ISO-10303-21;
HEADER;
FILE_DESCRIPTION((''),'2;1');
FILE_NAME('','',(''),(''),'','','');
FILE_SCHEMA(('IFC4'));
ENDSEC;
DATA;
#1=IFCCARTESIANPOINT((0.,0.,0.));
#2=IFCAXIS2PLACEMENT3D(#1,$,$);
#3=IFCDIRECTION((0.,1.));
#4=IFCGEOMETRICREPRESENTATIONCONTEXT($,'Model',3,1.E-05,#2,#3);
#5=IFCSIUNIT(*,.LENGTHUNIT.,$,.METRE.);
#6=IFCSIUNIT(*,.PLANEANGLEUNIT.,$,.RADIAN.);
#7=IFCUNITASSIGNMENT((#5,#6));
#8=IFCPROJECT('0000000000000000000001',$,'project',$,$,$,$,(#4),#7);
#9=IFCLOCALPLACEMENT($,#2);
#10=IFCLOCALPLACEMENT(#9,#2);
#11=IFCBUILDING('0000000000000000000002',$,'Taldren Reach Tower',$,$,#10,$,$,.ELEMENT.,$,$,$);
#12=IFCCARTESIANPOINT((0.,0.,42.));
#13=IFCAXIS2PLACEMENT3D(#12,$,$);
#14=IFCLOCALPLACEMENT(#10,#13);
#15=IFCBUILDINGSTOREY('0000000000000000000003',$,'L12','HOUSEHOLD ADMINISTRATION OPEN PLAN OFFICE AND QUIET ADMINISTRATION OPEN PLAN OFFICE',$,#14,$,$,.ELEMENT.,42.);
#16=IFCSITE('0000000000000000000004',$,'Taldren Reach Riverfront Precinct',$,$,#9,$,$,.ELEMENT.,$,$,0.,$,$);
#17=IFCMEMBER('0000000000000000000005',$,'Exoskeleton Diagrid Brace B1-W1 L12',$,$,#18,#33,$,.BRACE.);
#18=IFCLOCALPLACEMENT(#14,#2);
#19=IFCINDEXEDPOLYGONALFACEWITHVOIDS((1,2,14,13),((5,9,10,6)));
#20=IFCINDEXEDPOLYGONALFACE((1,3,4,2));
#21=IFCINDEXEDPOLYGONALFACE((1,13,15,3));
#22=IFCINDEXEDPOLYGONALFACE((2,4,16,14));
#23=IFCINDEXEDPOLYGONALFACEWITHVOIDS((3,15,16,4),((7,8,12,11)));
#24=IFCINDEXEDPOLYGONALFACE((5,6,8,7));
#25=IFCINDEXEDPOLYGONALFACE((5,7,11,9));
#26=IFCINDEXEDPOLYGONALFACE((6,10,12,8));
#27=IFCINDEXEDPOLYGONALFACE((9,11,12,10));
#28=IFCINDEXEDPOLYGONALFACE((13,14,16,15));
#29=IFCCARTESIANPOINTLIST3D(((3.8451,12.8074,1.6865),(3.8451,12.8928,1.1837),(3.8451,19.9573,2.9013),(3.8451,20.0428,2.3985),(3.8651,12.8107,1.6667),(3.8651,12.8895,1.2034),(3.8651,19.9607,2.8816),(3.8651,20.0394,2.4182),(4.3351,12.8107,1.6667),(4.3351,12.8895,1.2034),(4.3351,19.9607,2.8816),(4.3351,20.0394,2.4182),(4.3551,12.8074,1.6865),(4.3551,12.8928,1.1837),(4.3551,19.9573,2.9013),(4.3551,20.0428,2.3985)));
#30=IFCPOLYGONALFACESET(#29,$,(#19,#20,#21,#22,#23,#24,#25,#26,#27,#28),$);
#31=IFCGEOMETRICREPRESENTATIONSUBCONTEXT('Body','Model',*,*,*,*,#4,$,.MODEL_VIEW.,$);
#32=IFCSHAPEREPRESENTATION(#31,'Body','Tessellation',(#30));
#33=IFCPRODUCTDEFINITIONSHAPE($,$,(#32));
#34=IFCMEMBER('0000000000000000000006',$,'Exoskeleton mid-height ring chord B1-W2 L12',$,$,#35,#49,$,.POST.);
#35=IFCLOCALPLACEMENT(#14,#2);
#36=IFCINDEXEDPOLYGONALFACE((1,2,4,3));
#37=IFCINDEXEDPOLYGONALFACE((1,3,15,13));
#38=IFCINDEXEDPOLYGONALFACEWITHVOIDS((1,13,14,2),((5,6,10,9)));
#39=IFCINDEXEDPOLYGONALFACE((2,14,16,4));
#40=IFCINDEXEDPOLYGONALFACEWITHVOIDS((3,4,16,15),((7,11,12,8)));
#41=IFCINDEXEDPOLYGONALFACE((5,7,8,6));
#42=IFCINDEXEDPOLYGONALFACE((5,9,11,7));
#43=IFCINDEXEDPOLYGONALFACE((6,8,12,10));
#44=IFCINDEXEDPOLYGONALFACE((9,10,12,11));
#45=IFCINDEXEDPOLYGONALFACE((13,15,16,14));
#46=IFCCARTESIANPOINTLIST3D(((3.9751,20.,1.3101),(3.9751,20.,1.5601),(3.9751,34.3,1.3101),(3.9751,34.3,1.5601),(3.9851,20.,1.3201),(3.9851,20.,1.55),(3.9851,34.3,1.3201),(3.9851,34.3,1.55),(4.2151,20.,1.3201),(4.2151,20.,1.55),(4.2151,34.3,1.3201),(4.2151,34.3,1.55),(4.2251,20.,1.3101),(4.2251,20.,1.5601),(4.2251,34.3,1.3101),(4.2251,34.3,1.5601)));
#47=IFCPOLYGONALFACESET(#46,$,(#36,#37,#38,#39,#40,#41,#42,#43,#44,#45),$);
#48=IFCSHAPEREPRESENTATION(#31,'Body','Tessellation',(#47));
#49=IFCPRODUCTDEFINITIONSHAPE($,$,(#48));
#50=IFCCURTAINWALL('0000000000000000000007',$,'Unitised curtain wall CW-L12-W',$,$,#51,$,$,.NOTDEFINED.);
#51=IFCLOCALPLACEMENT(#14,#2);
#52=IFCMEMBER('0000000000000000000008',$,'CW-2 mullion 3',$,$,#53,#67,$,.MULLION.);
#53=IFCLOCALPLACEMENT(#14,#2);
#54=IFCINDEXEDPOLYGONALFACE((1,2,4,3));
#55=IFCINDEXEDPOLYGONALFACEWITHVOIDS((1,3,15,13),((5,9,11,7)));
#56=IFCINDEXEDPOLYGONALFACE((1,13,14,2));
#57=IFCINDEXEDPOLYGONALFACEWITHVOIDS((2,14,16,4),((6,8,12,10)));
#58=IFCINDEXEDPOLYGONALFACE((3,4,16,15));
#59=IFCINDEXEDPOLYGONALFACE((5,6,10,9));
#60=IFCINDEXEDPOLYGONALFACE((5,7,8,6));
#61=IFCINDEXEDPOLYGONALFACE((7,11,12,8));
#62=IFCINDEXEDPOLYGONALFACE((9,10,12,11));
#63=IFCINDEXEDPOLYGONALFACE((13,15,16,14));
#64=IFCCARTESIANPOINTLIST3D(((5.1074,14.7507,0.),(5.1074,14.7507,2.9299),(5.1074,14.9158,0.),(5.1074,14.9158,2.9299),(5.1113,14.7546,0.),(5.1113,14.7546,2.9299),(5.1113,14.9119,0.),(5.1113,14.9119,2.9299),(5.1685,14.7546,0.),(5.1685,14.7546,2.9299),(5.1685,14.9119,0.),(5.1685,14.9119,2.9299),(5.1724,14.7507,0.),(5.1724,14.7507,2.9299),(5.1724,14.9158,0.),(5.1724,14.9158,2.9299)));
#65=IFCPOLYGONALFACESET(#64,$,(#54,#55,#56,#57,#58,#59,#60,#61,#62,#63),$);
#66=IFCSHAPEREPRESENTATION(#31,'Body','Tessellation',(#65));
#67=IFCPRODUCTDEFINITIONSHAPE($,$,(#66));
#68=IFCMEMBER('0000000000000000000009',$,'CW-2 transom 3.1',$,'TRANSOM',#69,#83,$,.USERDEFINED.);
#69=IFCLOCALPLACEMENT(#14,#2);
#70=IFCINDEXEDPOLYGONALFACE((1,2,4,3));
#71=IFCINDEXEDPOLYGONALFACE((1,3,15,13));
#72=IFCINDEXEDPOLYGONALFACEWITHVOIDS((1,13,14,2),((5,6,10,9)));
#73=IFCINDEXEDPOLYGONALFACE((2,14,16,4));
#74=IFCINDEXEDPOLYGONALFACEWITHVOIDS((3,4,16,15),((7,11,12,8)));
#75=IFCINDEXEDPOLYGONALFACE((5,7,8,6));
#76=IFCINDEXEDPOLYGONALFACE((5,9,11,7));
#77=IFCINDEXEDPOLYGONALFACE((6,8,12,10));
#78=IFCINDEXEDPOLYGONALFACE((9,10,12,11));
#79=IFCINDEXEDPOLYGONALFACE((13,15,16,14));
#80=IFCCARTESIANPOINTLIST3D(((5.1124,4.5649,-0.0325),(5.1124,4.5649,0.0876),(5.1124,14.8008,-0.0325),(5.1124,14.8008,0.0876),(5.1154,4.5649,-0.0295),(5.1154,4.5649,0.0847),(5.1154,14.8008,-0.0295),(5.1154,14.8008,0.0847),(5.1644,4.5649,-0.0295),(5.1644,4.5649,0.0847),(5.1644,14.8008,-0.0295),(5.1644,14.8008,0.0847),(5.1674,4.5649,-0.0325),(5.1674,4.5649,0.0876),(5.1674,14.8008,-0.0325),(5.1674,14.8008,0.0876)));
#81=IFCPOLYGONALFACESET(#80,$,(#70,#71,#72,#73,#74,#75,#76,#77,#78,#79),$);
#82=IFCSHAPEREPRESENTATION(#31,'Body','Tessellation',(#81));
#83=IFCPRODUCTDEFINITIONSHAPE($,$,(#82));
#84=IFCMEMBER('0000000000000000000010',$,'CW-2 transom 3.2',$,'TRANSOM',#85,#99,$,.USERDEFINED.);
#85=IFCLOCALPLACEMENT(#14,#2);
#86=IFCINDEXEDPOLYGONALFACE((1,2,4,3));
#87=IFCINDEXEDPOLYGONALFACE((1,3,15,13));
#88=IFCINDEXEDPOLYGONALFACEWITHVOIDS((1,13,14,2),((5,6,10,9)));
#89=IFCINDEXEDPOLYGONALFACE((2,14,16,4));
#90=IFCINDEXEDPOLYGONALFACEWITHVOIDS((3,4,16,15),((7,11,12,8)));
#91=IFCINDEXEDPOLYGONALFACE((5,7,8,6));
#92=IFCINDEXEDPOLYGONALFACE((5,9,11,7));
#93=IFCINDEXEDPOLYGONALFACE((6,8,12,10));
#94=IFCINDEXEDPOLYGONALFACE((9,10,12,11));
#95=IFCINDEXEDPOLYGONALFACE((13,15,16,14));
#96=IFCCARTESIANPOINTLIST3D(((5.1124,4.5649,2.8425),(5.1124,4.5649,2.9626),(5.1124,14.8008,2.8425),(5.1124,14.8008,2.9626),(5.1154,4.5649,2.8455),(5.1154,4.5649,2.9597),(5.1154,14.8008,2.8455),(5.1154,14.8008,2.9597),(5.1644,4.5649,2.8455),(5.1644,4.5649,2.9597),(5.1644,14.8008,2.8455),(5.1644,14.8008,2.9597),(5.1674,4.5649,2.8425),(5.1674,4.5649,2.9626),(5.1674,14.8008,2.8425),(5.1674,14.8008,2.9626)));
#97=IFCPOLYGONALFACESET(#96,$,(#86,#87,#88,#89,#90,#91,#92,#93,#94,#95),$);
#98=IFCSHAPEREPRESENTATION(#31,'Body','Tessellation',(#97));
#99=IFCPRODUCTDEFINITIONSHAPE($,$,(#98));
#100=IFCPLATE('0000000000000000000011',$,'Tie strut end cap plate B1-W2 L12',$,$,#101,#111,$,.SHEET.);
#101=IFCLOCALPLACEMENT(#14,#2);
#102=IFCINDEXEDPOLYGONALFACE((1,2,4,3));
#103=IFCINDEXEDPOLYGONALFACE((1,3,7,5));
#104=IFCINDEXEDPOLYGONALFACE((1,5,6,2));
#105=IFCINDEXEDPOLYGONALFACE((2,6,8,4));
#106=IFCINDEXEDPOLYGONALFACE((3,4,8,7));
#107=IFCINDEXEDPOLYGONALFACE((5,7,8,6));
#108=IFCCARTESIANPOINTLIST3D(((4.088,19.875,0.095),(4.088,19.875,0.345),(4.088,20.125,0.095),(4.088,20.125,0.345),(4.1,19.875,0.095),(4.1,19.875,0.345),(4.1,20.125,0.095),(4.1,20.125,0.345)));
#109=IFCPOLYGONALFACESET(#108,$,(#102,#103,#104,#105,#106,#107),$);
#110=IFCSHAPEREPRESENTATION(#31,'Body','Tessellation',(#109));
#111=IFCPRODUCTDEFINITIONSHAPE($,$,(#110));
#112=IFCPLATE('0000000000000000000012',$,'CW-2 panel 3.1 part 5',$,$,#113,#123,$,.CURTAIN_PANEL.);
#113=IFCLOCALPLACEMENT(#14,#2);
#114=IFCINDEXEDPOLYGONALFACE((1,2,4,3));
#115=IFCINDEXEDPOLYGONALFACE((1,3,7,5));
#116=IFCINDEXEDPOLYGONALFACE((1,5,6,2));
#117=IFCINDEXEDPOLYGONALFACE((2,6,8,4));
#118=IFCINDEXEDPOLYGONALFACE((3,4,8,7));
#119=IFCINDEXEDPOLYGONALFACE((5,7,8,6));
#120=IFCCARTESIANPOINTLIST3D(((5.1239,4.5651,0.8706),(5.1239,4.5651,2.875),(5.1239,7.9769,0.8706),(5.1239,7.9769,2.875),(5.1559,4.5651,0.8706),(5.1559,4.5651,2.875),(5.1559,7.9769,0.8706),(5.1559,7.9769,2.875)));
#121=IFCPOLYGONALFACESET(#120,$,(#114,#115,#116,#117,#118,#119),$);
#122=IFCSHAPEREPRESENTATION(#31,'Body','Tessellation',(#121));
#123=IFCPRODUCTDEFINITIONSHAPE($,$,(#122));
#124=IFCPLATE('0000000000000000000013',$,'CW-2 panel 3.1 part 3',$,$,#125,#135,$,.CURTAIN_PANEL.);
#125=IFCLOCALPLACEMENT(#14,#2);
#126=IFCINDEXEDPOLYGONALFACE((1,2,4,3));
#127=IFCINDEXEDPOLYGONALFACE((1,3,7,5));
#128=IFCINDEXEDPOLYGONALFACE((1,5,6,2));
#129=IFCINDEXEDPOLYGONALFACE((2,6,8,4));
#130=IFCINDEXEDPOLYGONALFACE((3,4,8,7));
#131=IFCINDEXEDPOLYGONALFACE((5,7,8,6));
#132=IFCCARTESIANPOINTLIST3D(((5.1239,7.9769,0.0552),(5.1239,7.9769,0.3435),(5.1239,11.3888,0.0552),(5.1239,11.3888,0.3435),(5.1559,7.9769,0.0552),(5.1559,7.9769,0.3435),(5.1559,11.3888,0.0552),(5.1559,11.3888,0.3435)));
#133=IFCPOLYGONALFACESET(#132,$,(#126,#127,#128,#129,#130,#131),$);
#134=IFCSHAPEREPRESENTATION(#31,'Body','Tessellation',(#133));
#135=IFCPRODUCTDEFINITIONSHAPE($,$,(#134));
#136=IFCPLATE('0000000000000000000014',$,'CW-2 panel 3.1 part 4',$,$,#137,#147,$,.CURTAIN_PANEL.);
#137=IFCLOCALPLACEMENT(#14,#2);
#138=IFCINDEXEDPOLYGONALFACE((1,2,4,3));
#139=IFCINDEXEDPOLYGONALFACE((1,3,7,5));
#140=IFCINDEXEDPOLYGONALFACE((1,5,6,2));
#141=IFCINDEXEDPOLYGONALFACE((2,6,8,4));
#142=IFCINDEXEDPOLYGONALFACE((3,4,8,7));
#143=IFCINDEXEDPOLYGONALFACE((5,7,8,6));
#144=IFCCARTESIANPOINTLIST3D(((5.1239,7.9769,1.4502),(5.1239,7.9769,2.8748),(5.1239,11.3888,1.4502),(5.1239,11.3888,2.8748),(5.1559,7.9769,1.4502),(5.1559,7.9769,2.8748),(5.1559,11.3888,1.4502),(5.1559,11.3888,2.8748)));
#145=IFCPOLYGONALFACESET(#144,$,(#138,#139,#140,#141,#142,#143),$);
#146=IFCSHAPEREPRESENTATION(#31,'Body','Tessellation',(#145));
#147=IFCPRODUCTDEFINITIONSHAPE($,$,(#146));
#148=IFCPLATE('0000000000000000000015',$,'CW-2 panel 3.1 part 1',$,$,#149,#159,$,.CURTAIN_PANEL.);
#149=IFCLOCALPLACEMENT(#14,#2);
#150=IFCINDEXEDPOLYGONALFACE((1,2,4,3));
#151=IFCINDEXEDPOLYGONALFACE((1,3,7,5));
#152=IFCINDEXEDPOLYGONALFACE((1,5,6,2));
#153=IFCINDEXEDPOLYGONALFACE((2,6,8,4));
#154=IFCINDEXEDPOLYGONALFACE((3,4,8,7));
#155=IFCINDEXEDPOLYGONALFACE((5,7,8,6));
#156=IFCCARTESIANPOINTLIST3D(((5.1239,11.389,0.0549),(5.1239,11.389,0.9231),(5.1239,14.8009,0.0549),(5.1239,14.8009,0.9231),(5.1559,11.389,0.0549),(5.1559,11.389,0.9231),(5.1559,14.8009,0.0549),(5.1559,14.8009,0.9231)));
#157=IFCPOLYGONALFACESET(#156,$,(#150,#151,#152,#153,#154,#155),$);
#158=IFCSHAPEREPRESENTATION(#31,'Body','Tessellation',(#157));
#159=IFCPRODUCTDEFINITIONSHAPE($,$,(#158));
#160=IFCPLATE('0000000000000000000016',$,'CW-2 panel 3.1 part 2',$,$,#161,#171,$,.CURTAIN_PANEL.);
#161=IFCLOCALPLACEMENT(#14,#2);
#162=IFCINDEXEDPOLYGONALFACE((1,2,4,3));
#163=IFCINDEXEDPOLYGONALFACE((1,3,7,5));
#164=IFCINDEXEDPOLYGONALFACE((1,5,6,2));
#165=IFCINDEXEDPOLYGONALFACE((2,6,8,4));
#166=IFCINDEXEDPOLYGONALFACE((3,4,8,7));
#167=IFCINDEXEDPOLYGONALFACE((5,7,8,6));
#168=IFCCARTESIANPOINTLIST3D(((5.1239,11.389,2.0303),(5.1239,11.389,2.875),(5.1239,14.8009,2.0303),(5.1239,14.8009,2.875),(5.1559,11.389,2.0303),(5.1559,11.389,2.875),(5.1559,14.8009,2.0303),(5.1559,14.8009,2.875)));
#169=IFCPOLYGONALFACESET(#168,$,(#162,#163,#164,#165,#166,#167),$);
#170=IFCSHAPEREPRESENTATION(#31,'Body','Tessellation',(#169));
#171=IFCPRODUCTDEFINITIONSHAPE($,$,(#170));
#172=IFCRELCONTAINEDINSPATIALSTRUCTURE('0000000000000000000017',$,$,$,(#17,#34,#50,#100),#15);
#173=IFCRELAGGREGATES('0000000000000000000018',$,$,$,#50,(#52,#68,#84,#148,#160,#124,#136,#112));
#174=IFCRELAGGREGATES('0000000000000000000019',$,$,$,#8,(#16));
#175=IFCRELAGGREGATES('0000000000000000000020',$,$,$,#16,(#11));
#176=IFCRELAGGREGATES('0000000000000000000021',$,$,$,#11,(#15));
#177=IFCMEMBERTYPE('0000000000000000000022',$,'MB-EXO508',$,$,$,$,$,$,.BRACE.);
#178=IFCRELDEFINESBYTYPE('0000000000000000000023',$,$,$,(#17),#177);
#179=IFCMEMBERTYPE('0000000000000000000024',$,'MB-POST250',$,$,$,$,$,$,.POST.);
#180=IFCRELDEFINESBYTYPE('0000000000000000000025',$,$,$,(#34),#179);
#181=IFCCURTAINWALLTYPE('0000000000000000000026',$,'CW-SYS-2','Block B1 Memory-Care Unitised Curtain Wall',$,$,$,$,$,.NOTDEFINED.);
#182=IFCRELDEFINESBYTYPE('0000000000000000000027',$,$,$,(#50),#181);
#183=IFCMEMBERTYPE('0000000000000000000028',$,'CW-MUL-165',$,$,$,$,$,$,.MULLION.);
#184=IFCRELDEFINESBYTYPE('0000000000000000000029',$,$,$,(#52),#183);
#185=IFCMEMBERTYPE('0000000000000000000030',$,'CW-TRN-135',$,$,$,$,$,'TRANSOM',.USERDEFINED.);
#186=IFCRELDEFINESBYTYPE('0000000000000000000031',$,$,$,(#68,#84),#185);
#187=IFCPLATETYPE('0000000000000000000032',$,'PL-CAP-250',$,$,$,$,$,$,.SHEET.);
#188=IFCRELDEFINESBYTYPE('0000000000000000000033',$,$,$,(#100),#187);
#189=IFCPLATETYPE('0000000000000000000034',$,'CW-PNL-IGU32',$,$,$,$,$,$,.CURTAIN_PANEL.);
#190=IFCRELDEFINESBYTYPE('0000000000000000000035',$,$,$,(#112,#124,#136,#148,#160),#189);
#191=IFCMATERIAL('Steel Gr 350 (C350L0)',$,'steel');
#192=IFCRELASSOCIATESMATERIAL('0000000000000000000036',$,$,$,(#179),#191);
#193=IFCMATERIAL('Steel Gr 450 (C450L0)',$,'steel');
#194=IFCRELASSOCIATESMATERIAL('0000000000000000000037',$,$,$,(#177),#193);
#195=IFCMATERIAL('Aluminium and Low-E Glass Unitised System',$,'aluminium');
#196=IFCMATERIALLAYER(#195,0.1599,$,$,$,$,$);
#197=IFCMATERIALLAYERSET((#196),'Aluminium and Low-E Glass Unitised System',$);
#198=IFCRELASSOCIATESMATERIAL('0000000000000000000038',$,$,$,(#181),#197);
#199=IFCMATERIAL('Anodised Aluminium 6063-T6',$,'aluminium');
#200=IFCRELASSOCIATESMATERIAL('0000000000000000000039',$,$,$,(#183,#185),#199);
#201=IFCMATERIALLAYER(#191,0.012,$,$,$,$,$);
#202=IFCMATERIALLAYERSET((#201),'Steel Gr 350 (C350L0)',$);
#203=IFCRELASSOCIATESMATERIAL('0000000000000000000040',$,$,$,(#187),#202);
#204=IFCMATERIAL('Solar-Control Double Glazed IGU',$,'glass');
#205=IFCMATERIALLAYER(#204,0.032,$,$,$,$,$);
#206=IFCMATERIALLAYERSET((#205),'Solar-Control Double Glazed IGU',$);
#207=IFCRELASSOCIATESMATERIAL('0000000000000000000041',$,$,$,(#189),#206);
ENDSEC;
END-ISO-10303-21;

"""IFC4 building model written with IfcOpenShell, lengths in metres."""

from ifc_helpers import new_model, si_unit, direction, frame, origin, origin_2d, place, context, subcontext, project, spatial, rectangle, hollow_rectangle, extrude, source, transform, mapped, material, layer, layer_set, material_profile, profile_set, type_object, element, aggregate, save


model = new_model("IFC4")

# Units and contexts
model_context = context("Model", 3, precision=1e-05, world=origin(), true_north=direction((0.0, 1.0)))
body_context = subcontext(model_context, "Body", "Model", "MODEL_VIEW")
ifc_project = project(units=[si_unit("LENGTHUNIT", "METRE"), si_unit("PLANEANGLEUNIT", "RADIAN")], contexts=[model_context])

# Site, building, storey
site_placement = place(None, origin())
site = spatial("IfcSite", under=ifc_project, at=site_placement, Name="Taldren Reach Riverfront Precinct", CompositionType="ELEMENT", RefElevation=0.0)
building_placement = place(site_placement, origin())
building = spatial("IfcBuilding", under=site, at=building_placement, Name="Taldren Reach Tower", CompositionType="ELEMENT")
storey_placement = place(building_placement, frame((0.0, 0.0, 42.0)))
storey = spatial("IfcBuildingStorey", under=building, at=storey_placement, Name="L12", Description="HOUSEHOLD ADMINISTRATION OPEN PLAN OFFICE AND QUIET ADMINISTRATION OPEN PLAN OFFICE", CompositionType="ELEMENT", Elevation=42.0)

# Members
ifc_material_1 = material(Name="Steel Gr 450 (C450L0)", Category="steel")
ifc_material_2 = material(Name="Steel Gr 350 (C350L0)", Category="steel")
ifc_material_profile_1 = material_profile(ifc_material_2, hollow_rectangle(XDim=0.25, YDim=0.25, WallThickness=0.01, at=origin_2d()), Name="250x250x10.0SHS")
ifc_profile_set_1 = profile_set([ifc_material_profile_1], Name="Steel Gr 350 (C350L0)")
member_type_1 = type_object("IfcMemberType", Name="MB-POST250", PredefinedType="POST", material=ifc_profile_set_1)
ifc_material_profile_2 = material_profile(ifc_material_1, hollow_rectangle(XDim=0.51, YDim=0.51, WallThickness=0.02, at=origin_2d()), Name="510x510x20.0SHS")
ifc_profile_set_2 = profile_set([ifc_material_profile_2], Name="Steel Gr 450 (C450L0)")
member_type_2 = type_object("IfcMemberType", Name="MB-EXO508", PredefinedType="BRACE", material=ifc_profile_set_2)
shared_shape_1 = source(origin(), body_context, "Body", "SweptSolid", [
    extrude(hollow_rectangle(XDim=0.51, YDim=0.51, WallThickness=0.02, at=origin_2d()), origin(), (0.0, 0.0, 1.0), 7.2524),
])
member_1_placement = place(storey_placement, frame((4.1001, 12.8501, 1.4351), z_axis=(0.0, 0.98587, 0.16751), x_axis=(-1.0, 0.0, 0.0)))
element("IfcMember", 1, at=member_1_placement, inside=storey, type_object=member_type_2, Name="Exoskeleton Diagrid Brace B1-W1 L12", PredefinedType="BRACE", context=body_context, shape_type="MappedRepresentation", body=[
    mapped(shared_shape_1, transform((0.0, 0.0, 0.0), scale=1.0)),
])
shared_shape_2 = source(origin(), body_context, "Body", "SweptSolid", [
    extrude(hollow_rectangle(XDim=0.25, YDim=0.25, WallThickness=0.01, at=origin_2d()), origin(), (0.0, 0.0, 1.0), 14.3),
])
member_2_placement = place(storey_placement, frame((4.1001, 20.0, 1.4351), z_axis=(0.0, 1.0, 0.0), x_axis=(-1.0, 0.0, 0.0)))
element("IfcMember", 2, at=member_2_placement, inside=storey, type_object=member_type_1, Name="Exoskeleton mid-height ring chord B1-W2 L12", PredefinedType="POST", context=body_context, shape_type="MappedRepresentation", body=[
    mapped(shared_shape_2, transform((0.0, 0.0, 0.0), scale=1.0)),
])

# Curtain wall, members
ifc_material_3 = material(Name="Aluminium and Low-E Glass Unitised System", Category="aluminium")
ifc_layer_1 = layer(ifc_material_3, 0.1599)
ifc_layer_set_1 = layer_set([ifc_layer_1], Name="Aluminium and Low-E Glass Unitised System")
curtain_wall_type = type_object("IfcCurtainWallType", Name="CW-SYS-2", Description="Block B1 Memory-Care Unitised Curtain Wall", PredefinedType="NOTDEFINED", material=ifc_layer_set_1)
curtain_wall_placement = place(storey_placement, origin())
curtain_wall = element("IfcCurtainWall", 3, at=curtain_wall_placement, inside=storey, type_object=curtain_wall_type, Name="Unitised curtain wall CW-L12-W", PredefinedType="NOTDEFINED")
ifc_material_4 = material(Name="Anodised Aluminium 6063-T6", Category="aluminium")
ifc_material_profile_3 = material_profile(ifc_material_4, hollow_rectangle(XDim=0.0649, YDim=0.165, WallThickness=0.0039, at=origin_2d()), Name="ALU-165x65x4RHS")
ifc_profile_set_3 = profile_set([ifc_material_profile_3], Name="Anodised Aluminium 6063-T6")
member_type_3 = type_object("IfcMemberType", Name="CW-MUL-165", PredefinedType="MULLION", material=ifc_profile_set_3)
shared_shape_3 = source(origin(), body_context, "Body", "SweptSolid", [
    extrude(hollow_rectangle(XDim=0.0649, YDim=0.165, WallThickness=0.0039, at=origin_2d()), origin(), (0.0, 0.0, 1.0), 2.9299),
])
member_3_placement = place(storey_placement, frame((5.1399, 14.8333, 0.0), z_axis=(0.0, 0.0, 1.0), x_axis=(1.0, 0.0, 0.0)))
member_3 = element("IfcMember", 4, at=member_3_placement, type_object=member_type_3, Name="CW-2 mullion 3", PredefinedType="MULLION", context=body_context, shape_type="MappedRepresentation", body=[
    mapped(shared_shape_3, transform((0.0, 0.0, 0.0), scale=1.0)),
])
ifc_material_profile_4 = material_profile(ifc_material_4, hollow_rectangle(XDim=0.0549, YDim=0.1201, WallThickness=0.0029, at=origin_2d()), Name="ALU-120x55x3RHS")
ifc_profile_set_4 = profile_set([ifc_material_profile_4], Name="Anodised Aluminium 6063-T6")
member_type_4 = type_object("IfcMemberType", Name="CW-TRN-135", ElementType="TRANSOM", PredefinedType="USERDEFINED", material=ifc_profile_set_4)
shared_shape_4 = source(origin(), body_context, "Body", "SweptSolid", [
    extrude(hollow_rectangle(XDim=0.0549, YDim=0.1201, WallThickness=0.0029, at=origin_2d()), origin(), (0.0, 0.0, 1.0), 10.2358),
])
member_4_placement = place(storey_placement, frame((5.1399, 14.8008, 0.0276), z_axis=(0.0, -1.0, 0.0), x_axis=(1.0, 0.0, 0.0)))
member_4 = element("IfcMember", 5, at=member_4_placement, type_object=member_type_4, Name="CW-2 transom 3.1", ObjectType="TRANSOM", PredefinedType="USERDEFINED", context=body_context, shape_type="MappedRepresentation", body=[
    mapped(shared_shape_4, transform((0.0, 0.0, 0.0), scale=1.0)),
])
member_5_placement = place(storey_placement, frame((5.1399, 14.8008, 2.9026), z_axis=(0.0, -1.0, 0.0), x_axis=(1.0, 0.0, 0.0)))
member_5 = element("IfcMember", 6, at=member_5_placement, type_object=member_type_4, Name="CW-2 transom 3.2", ObjectType="TRANSOM", PredefinedType="USERDEFINED", context=body_context, shape_type="MappedRepresentation", body=[
    mapped(shared_shape_4, transform((0.0, 0.0, 0.0), scale=1.0)),
])

# Plates
ifc_layer_2 = layer(ifc_material_2, 0.012)
ifc_layer_set_2 = layer_set([ifc_layer_2], Name="Steel Gr 350 (C350L0)")
plate_type_1 = type_object("IfcPlateType", Name="PL-CAP-250", PredefinedType="SHEET", material=ifc_layer_set_2)
shared_shape_5 = source(origin(), body_context, "Body", "SweptSolid", [
    extrude(rectangle(XDim=0.012, YDim=0.25, at=origin_2d()), origin(), (0.0, 0.0, 1.0), 0.25),
])
plate_1_placement = place(storey_placement, frame((4.094, 20.0, 0.095), z_axis=(0.0, 0.0, 1.0), x_axis=(1.0, 0.0, 0.0)))
element("IfcPlate", 7, at=plate_1_placement, inside=storey, type_object=plate_type_1, Name="Tie strut end cap plate B1-W2 L12", PredefinedType="SHEET", context=body_context, shape_type="MappedRepresentation", body=[
    mapped(shared_shape_5, transform((0.0, 0.0, 0.0), scale=1.0)),
])
ifc_material_5 = material(Name="Solar-Control Double Glazed IGU", Category="glass")
ifc_layer_3 = layer(ifc_material_5, 0.032)
ifc_layer_set_3 = layer_set([ifc_layer_3], Name="Solar-Control Double Glazed IGU")
plate_type_2 = type_object("IfcPlateType", Name="CW-PNL-IGU32", PredefinedType="CURTAIN_PANEL", material=ifc_layer_set_3)
shared_shape_6 = source(origin(), body_context, "Body", "SweptSolid", [
    extrude(rectangle(XDim=3.4119, YDim=0.032, at=origin_2d()), origin(), (0.0, 0.0, 1.0), 2.0044),
])
plate_2_placement = place(storey_placement, frame((5.1399, 6.271, 0.8706), z_axis=(0.0, 0.0, 1.0), x_axis=(0.0, -1.0, 0.0)))
plate_2 = element("IfcPlate", 8, at=plate_2_placement, type_object=plate_type_2, Name="CW-2 panel 3.1 part 5", PredefinedType="CURTAIN_PANEL", context=body_context, shape_type="MappedRepresentation", body=[
    mapped(shared_shape_6, transform((0.0, 0.0, 0.0), scale=1.0)),
])
shared_shape_7 = source(origin(), body_context, "Body", "SweptSolid", [
    extrude(rectangle(XDim=3.4119, YDim=0.032, at=origin_2d()), origin(), (0.0, 0.0, 1.0), 0.2883),
])
plate_3_placement = place(storey_placement, frame((5.1399, 9.6829, 0.0552), z_axis=(0.0, 0.0, 1.0), x_axis=(0.0, -1.0, 0.0)))
plate_3 = element("IfcPlate", 9, at=plate_3_placement, type_object=plate_type_2, Name="CW-2 panel 3.1 part 3", PredefinedType="CURTAIN_PANEL", context=body_context, shape_type="MappedRepresentation", body=[
    mapped(shared_shape_7, transform((0.0, 0.0, 0.0), scale=1.0)),
])
shared_shape_8 = source(origin(), body_context, "Body", "SweptSolid", [
    extrude(rectangle(XDim=3.4119, YDim=0.032, at=origin_2d()), origin(), (0.0, 0.0, 1.0), 1.4246),
])
plate_4_placement = place(storey_placement, frame((5.1399, 9.6829, 1.4502), z_axis=(0.0, 0.0, 1.0), x_axis=(0.0, -1.0, 0.0)))
plate_4 = element("IfcPlate", 10, at=plate_4_placement, type_object=plate_type_2, Name="CW-2 panel 3.1 part 4", PredefinedType="CURTAIN_PANEL", context=body_context, shape_type="MappedRepresentation", body=[
    mapped(shared_shape_8, transform((0.0, 0.0, 0.0), scale=1.0)),
])
shared_shape_9 = source(origin(), body_context, "Body", "SweptSolid", [
    extrude(rectangle(XDim=3.4119, YDim=0.032, at=origin_2d()), origin(), (0.0, 0.0, 1.0), 0.8682),
])
plate_5_placement = place(storey_placement, frame((5.1399, 13.095, 0.0549), z_axis=(0.0, 0.0, 1.0), x_axis=(0.0, -1.0, 0.0)))
plate_5 = element("IfcPlate", 11, at=plate_5_placement, type_object=plate_type_2, Name="CW-2 panel 3.1 part 1", PredefinedType="CURTAIN_PANEL", context=body_context, shape_type="MappedRepresentation", body=[
    mapped(shared_shape_9, transform((0.0, 0.0, 0.0), scale=1.0)),
])
shared_shape_10 = source(origin(), body_context, "Body", "SweptSolid", [
    extrude(rectangle(XDim=3.4119, YDim=0.032, at=origin_2d()), origin(), (0.0, 0.0, 1.0), 0.8447),
])
plate_6_placement = place(storey_placement, frame((5.1399, 13.095, 2.0303), z_axis=(0.0, 0.0, 1.0), x_axis=(0.0, -1.0, 0.0)))
plate_6 = element("IfcPlate", 12, at=plate_6_placement, type_object=plate_type_2, Name="CW-2 panel 3.1 part 2", PredefinedType="CURTAIN_PANEL", context=body_context, shape_type="MappedRepresentation", body=[
    mapped(shared_shape_10, transform((0.0, 0.0, 0.0), scale=1.0)),
])
aggregate(curtain_wall, [member_3, member_4, member_5, plate_5, plate_6, plate_3, plate_4, plate_2])

save(model, "model.ifc")
